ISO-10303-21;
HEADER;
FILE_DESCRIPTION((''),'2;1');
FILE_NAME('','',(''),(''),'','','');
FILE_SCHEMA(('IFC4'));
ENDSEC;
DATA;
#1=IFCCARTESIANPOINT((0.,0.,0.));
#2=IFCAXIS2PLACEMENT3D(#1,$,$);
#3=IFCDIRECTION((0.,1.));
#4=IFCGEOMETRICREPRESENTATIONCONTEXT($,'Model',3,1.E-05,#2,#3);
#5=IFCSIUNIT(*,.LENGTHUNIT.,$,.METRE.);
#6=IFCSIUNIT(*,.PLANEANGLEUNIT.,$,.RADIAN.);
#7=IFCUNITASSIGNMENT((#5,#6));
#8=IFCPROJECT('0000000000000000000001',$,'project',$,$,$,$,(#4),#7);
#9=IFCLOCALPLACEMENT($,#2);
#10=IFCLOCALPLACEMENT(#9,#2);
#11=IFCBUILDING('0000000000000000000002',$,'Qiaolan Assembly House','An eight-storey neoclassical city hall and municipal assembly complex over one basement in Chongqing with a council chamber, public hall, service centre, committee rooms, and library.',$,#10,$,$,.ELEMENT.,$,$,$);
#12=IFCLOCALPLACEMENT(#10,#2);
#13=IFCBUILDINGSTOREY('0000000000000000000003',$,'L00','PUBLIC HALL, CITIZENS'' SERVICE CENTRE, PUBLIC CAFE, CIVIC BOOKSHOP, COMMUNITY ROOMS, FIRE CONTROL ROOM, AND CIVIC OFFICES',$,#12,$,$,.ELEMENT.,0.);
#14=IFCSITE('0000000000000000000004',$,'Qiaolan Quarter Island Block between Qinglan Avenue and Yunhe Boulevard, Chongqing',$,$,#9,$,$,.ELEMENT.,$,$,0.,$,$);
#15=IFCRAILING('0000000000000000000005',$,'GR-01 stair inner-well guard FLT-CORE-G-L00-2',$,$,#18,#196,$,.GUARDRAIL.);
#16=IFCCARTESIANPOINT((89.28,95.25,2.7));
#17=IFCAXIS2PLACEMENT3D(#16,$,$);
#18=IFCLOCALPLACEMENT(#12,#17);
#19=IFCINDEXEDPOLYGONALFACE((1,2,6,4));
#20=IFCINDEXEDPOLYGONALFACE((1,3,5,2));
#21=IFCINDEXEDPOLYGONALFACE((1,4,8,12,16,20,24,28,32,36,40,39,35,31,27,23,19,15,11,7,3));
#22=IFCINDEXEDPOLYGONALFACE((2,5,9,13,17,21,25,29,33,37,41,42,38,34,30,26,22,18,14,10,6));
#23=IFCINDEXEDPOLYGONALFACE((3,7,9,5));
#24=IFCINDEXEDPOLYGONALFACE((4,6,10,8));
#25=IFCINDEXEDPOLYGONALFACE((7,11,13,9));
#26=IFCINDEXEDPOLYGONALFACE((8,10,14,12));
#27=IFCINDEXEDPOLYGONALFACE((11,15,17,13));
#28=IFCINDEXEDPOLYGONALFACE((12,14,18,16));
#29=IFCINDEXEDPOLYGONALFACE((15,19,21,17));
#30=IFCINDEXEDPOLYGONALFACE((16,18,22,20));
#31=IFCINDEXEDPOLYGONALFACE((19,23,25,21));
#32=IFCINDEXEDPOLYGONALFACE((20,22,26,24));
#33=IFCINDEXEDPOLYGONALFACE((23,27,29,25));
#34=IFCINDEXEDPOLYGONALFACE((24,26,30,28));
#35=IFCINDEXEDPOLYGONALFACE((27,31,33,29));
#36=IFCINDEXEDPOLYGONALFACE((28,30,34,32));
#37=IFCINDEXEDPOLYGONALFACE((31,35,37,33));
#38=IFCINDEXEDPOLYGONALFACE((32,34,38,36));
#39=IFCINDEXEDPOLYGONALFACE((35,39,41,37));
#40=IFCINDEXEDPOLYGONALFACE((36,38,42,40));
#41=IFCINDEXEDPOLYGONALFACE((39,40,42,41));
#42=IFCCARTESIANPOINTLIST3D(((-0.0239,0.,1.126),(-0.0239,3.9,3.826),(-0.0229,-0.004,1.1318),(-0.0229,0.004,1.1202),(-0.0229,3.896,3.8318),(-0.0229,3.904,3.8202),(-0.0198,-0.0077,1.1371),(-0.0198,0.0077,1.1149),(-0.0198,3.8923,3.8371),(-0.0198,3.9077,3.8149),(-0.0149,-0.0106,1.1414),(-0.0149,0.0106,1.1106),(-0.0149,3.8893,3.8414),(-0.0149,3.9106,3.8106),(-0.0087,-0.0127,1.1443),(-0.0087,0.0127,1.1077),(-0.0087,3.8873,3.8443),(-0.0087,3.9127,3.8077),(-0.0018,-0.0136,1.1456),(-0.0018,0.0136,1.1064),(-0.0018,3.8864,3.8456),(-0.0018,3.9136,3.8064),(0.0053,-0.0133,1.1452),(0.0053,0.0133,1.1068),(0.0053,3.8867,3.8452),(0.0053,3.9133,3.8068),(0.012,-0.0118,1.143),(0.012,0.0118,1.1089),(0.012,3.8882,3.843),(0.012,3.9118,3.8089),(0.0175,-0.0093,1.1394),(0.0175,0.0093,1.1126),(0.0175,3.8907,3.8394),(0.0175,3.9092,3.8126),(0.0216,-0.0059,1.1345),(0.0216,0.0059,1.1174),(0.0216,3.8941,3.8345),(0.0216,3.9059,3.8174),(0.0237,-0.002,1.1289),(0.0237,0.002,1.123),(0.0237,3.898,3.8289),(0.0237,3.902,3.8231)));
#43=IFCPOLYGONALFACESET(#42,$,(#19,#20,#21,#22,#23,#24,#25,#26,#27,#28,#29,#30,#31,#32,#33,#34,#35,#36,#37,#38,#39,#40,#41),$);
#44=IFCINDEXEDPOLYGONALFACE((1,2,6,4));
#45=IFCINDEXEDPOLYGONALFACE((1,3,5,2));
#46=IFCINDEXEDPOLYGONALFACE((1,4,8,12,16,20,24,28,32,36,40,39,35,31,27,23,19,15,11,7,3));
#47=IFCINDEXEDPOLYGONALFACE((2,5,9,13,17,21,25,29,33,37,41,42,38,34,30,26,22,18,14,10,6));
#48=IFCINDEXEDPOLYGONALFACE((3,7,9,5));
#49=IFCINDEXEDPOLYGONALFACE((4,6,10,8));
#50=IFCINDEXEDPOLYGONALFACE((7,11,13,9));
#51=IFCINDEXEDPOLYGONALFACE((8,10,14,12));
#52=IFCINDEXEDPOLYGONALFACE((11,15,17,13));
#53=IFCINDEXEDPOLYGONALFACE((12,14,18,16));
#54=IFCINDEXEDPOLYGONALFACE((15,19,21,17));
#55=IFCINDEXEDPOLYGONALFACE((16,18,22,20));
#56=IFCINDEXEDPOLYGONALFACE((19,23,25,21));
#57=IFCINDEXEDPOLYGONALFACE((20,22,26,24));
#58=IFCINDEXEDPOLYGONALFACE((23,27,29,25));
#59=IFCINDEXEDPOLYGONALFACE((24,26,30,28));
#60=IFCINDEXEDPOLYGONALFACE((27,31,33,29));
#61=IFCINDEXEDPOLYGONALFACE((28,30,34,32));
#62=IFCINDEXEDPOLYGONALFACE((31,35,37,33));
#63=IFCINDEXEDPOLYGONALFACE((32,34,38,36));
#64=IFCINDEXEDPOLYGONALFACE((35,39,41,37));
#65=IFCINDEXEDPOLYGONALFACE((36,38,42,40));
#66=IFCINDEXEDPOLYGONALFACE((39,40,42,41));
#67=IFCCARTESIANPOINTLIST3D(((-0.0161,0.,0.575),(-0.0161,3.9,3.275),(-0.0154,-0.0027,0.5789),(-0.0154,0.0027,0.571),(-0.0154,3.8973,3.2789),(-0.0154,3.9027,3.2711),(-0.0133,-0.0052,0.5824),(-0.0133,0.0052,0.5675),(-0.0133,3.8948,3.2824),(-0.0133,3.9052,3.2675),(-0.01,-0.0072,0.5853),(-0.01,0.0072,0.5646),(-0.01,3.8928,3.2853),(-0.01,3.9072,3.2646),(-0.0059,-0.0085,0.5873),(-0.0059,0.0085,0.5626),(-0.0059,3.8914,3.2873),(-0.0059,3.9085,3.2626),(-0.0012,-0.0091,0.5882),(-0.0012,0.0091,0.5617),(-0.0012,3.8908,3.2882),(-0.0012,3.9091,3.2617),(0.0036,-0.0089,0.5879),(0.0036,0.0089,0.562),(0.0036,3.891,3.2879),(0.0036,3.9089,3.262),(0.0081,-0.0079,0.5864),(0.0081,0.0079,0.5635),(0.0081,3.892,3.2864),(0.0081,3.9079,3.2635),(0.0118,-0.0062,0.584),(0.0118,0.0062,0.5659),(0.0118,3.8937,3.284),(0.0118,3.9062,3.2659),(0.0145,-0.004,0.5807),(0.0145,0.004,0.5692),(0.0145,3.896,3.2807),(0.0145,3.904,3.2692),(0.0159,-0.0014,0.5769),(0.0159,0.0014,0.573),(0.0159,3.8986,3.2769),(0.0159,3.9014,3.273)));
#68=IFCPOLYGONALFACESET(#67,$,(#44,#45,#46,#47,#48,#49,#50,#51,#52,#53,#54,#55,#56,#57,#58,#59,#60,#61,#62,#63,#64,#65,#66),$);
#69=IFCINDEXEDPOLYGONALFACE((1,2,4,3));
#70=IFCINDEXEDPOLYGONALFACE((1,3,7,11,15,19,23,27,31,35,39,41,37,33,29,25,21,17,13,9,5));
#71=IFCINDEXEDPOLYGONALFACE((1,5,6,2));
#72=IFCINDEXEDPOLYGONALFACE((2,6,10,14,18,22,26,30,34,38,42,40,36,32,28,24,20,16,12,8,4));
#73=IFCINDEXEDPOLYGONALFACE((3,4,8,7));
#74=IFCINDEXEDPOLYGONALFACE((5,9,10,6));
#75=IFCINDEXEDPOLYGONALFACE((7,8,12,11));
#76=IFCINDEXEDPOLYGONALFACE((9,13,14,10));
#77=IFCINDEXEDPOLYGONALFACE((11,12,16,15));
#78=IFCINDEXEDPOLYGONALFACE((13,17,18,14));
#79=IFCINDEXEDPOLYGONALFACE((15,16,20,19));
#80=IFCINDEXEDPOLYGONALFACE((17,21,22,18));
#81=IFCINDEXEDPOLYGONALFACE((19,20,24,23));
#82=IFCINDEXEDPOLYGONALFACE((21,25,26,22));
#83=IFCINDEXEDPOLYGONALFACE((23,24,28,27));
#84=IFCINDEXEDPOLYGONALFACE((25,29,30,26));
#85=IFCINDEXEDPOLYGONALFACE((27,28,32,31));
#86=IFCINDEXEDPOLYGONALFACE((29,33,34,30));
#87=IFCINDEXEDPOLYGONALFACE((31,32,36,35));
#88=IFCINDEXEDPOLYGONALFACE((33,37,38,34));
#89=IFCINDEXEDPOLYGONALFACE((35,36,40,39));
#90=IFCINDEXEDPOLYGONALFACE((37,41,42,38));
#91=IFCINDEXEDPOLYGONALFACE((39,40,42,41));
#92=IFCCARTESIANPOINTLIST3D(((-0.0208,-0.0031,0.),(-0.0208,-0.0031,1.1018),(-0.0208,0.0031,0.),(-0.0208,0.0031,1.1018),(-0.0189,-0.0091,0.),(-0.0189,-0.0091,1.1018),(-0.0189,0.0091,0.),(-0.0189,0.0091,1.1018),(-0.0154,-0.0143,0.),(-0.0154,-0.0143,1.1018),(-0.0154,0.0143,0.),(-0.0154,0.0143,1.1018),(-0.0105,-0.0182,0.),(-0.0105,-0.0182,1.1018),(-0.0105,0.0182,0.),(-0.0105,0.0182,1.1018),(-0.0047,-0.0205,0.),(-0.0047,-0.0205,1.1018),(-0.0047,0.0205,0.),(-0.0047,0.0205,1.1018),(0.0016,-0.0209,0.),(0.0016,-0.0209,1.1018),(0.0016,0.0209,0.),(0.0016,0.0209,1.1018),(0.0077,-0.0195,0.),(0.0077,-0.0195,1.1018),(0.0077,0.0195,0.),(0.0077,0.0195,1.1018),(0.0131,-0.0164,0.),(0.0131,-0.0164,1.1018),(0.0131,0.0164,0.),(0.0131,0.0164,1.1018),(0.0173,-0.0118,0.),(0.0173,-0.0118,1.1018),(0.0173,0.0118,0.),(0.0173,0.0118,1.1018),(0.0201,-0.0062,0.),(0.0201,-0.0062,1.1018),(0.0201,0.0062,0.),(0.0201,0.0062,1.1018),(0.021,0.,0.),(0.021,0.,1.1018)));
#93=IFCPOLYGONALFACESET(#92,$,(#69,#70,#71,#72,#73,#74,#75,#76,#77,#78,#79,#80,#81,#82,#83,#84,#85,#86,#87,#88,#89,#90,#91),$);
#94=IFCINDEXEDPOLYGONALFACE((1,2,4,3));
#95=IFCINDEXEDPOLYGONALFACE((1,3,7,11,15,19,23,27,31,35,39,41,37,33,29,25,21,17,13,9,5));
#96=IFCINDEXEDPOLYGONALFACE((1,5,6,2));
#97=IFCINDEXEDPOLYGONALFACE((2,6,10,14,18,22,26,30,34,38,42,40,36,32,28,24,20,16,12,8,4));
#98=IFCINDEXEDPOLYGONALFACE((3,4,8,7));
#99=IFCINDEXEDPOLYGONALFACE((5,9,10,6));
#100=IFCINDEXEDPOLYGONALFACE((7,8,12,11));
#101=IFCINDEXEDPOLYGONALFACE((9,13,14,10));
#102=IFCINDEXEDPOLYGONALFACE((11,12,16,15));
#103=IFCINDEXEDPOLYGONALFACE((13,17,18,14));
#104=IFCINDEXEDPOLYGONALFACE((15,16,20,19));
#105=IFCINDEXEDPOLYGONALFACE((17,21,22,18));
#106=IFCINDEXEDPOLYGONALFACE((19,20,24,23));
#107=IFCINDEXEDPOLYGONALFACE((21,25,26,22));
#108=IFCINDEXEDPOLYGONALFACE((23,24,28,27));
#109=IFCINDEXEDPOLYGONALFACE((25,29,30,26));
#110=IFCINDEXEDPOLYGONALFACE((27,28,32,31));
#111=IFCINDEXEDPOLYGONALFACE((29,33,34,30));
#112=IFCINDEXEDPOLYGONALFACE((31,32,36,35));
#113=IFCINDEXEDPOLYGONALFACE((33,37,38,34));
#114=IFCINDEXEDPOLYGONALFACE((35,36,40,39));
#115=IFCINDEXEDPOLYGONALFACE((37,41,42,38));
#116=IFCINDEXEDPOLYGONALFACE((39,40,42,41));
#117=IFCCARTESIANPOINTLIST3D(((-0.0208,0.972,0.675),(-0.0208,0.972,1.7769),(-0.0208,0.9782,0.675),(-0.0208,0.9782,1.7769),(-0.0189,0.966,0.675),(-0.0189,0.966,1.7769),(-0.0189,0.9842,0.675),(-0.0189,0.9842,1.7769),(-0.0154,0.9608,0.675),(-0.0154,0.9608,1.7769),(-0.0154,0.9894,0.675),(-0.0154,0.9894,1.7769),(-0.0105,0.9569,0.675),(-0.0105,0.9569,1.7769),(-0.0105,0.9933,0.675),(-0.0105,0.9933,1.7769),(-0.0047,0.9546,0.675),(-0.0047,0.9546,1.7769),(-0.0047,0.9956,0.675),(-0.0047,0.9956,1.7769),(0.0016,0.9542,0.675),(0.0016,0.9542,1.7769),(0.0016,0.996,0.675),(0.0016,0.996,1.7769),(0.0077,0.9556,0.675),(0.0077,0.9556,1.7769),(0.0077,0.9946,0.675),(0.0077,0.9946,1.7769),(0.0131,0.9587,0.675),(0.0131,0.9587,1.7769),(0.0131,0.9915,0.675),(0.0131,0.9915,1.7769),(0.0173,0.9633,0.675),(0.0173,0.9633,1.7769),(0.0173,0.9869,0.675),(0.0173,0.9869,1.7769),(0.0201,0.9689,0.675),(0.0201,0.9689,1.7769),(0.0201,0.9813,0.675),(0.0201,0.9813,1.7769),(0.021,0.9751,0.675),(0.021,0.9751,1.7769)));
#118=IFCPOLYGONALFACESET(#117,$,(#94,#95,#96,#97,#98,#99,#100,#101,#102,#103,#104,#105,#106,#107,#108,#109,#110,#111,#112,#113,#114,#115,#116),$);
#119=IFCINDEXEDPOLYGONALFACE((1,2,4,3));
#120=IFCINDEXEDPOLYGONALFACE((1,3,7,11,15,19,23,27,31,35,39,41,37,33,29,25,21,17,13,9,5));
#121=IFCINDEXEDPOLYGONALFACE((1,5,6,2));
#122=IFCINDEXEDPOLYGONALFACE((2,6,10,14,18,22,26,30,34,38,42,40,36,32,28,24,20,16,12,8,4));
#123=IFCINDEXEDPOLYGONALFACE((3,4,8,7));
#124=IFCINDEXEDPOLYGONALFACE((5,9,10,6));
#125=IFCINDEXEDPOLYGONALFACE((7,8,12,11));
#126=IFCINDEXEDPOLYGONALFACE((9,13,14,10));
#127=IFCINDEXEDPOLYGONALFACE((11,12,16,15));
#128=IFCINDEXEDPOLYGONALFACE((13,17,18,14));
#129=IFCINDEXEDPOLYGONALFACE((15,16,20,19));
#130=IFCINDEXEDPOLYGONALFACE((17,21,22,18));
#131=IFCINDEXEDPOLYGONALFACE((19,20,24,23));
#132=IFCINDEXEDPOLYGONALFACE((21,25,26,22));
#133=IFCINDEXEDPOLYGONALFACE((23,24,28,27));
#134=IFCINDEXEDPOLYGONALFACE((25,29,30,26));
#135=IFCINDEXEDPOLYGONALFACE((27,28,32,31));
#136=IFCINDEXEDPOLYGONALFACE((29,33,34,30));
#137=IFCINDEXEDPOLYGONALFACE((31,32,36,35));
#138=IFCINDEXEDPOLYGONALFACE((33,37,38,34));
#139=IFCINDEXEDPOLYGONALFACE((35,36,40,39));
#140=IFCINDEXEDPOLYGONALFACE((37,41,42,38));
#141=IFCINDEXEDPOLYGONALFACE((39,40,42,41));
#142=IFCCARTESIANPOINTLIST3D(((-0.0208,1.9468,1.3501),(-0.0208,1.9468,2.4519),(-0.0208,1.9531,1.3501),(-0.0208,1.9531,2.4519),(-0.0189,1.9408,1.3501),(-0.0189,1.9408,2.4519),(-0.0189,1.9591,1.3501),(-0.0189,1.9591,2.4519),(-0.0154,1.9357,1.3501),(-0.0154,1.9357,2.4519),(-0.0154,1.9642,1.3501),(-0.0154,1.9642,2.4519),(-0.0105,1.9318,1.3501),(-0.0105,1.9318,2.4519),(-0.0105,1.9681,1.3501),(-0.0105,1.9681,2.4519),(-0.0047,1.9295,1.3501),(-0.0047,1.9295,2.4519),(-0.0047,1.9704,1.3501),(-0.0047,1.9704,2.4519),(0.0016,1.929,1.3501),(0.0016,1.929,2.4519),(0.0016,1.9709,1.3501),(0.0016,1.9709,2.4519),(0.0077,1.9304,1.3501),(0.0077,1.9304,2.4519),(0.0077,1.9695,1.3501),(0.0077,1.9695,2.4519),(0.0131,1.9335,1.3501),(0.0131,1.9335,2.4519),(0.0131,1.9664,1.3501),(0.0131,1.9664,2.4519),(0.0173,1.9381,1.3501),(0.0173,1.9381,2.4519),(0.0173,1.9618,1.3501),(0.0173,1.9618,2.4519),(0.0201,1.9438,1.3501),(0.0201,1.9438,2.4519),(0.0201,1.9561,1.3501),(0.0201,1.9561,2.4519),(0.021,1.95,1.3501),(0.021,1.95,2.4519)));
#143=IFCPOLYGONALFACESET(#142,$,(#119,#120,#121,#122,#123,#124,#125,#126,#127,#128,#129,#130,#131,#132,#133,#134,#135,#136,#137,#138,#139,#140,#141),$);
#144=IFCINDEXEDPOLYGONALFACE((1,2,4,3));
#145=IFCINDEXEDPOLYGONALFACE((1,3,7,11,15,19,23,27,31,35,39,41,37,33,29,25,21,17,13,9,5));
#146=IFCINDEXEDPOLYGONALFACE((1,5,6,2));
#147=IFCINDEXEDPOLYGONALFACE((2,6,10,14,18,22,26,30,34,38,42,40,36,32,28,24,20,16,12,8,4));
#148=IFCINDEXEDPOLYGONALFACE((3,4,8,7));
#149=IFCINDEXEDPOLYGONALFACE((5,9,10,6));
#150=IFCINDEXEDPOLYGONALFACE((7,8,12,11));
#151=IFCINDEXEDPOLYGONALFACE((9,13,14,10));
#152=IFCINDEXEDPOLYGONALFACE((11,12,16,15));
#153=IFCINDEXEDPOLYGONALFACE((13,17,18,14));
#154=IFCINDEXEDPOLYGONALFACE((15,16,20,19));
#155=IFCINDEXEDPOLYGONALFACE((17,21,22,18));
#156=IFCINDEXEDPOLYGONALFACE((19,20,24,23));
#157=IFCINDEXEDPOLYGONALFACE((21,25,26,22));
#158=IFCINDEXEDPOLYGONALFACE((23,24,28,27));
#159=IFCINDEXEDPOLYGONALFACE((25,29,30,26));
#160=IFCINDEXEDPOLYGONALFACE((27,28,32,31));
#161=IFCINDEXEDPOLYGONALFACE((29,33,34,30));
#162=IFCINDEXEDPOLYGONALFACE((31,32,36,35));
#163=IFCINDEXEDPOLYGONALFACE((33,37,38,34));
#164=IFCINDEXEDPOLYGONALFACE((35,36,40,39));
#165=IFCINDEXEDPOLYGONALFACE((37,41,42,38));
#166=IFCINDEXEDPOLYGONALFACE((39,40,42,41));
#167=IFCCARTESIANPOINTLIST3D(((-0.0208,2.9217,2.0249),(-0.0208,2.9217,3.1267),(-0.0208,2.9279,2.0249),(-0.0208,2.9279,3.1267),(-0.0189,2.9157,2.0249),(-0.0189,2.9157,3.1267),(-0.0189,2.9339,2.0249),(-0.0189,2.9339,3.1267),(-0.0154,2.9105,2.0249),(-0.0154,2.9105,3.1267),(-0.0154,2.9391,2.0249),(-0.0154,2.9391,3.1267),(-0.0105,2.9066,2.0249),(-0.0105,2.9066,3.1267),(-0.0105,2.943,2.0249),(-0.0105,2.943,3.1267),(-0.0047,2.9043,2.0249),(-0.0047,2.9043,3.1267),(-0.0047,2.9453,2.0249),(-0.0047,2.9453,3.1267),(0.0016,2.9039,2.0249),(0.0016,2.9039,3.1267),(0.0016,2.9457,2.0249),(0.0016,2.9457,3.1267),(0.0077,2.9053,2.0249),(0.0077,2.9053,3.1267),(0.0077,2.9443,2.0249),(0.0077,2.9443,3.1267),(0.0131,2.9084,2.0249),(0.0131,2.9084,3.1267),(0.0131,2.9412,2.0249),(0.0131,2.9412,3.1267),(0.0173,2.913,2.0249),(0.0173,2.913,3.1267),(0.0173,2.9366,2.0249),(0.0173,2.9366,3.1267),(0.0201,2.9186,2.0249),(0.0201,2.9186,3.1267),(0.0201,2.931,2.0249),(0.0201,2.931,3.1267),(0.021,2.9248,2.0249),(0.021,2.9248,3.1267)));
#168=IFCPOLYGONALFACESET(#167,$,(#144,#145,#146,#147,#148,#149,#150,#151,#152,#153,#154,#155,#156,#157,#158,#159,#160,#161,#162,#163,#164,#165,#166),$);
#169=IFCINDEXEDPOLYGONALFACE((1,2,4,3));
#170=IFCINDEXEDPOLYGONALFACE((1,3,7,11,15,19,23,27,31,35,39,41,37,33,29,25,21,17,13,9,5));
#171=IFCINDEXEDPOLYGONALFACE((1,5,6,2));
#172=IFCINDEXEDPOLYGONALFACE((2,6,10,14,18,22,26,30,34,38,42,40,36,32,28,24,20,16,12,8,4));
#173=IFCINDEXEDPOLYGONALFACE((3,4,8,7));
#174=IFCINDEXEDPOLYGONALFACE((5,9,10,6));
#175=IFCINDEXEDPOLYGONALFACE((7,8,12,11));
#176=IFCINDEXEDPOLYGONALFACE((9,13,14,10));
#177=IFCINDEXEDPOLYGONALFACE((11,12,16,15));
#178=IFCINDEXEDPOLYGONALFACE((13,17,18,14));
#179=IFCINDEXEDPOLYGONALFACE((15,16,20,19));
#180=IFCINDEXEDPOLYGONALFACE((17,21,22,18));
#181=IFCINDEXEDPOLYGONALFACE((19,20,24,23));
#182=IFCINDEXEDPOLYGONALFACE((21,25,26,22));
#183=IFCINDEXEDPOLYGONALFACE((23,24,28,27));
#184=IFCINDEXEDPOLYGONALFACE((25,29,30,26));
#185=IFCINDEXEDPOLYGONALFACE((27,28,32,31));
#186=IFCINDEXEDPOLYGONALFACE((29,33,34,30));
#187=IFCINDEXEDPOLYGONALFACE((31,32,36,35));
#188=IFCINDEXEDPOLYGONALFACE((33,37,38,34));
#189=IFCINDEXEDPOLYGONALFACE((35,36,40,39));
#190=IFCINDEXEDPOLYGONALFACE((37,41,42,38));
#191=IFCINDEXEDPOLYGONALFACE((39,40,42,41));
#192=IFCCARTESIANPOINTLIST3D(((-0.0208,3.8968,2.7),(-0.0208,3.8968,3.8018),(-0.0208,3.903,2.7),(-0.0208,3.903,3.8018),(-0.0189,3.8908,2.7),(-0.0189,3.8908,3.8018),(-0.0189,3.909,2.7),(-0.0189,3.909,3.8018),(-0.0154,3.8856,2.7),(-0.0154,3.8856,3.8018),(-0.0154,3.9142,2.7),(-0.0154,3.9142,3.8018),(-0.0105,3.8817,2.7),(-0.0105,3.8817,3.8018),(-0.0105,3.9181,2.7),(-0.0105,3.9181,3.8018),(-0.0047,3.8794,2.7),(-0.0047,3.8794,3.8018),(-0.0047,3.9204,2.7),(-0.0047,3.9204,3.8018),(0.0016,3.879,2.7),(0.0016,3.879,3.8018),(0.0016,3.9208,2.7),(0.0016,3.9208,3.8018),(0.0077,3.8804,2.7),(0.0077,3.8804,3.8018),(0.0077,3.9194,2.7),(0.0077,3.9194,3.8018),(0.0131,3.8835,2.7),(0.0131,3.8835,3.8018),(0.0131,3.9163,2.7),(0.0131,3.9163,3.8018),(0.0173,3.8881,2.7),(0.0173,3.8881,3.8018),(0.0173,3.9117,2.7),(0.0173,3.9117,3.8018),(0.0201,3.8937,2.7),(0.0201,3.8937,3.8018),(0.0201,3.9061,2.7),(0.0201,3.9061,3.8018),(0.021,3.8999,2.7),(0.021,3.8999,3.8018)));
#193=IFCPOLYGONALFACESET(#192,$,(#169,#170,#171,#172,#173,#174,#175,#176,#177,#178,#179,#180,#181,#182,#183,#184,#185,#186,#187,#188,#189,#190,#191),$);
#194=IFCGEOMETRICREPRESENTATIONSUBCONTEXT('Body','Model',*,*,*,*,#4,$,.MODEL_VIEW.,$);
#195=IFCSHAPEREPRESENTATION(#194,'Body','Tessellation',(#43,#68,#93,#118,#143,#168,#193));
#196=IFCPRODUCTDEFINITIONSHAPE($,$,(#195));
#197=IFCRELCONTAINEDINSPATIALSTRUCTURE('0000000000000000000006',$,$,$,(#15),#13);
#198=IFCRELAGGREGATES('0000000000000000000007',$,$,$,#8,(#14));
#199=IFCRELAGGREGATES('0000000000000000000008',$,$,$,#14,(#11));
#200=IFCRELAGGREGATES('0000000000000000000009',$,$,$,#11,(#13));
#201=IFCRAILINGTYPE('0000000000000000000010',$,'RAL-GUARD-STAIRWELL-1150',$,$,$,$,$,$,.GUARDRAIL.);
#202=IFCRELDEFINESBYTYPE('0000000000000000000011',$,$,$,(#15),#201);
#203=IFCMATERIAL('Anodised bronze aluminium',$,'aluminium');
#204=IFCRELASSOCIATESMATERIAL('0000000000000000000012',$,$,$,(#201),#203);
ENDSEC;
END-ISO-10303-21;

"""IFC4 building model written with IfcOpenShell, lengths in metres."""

from ifc_helpers import new_model, si_unit, direction, frame, origin, origin_2d, place, context, subcontext, project, spatial, circle, extrude, material, type_object, element, save


model = new_model("IFC4")

# Units and contexts
model_context = context("Model", 3, precision=1e-05, world=origin(), true_north=direction((0.0, 1.0)))
body_context = subcontext(model_context, "Body", "Model", "MODEL_VIEW")
ifc_project = project(units=[si_unit("LENGTHUNIT", "METRE"), si_unit("PLANEANGLEUNIT", "RADIAN")], contexts=[model_context])

# Site, building, storey
site_placement = place(None, origin())
site = spatial("IfcSite", under=ifc_project, at=site_placement, Name="Qiaolan Quarter Island Block between Qinglan Avenue and Yunhe Boulevard, Chongqing", CompositionType="ELEMENT", RefElevation=0.0)
building_placement = place(site_placement, origin())
building = spatial("IfcBuilding", under=site, at=building_placement, Name="Qiaolan Assembly House", Description="An eight-storey neoclassical city hall and municipal assembly complex over one basement in Chongqing with a council chamber, public hall, service centre, committee rooms, and library.", CompositionType="ELEMENT")
storey_placement = place(building_placement, origin())
storey = spatial("IfcBuildingStorey", under=building, at=storey_placement, Name="L00", Description="PUBLIC HALL, CITIZENS' SERVICE CENTRE, PUBLIC CAFE, CIVIC BOOKSHOP, COMMUNITY ROOMS, FIRE CONTROL ROOM, AND CIVIC OFFICES", CompositionType="ELEMENT", Elevation=0.0)

# Shared definitions
ifc_material_1 = material(Name="Anodised bronze aluminium", Category="aluminium")

# Railing
railing_type_1 = type_object("IfcRailingType", Name="RAL-GUARD-STAIRWELL-1150", PredefinedType="GUARDRAIL", material=ifc_material_1)
railing_1_placement = place(storey_placement, frame((89.28, 95.25, 2.7)))
element("IfcRailing", 1, at=railing_1_placement, inside=storey, type_object=railing_type_1, Name="GR-01 stair inner-well guard FLT-CORE-G-L00-2", PredefinedType="GUARDRAIL", context=body_context, shape_type="SweptSolid", body=[
    extrude(circle(Radius=0.0239, at=origin_2d()), frame((0.0, 0.0, 1.126), z_axis=(0.0, 0.82219, 0.569213), x_axis=(-1.0, 0.0, 0.0)), (0.0, 0.0, 1.0), 4.7434),
    extrude(circle(Radius=0.0161, at=origin_2d()), frame((0.0, 0.0, 0.575), z_axis=(0.0, 0.82219, 0.569213), x_axis=(-1.0, 0.0, 0.0)), (0.0, 0.0, 1.0), 4.7434),
    extrude(circle(Radius=0.021, at=origin_2d()), origin(), (0.0, 0.0, 1.0), 1.1018),
    extrude(circle(Radius=0.021, at=origin_2d()), frame((0.0, 0.9751, 0.675)), (0.0, 0.0, 1.0), 1.1018),
    extrude(circle(Radius=0.021, at=origin_2d()), frame((0.0, 1.95, 1.3501)), (0.0, 0.0, 1.0), 1.1018),
    extrude(circle(Radius=0.021, at=origin_2d()), frame((0.0, 2.9248, 2.0249)), (0.0, 0.0, 1.0), 1.1018),
    extrude(circle(Radius=0.021, at=origin_2d()), frame((0.0, 3.8999, 2.7)), (0.0, 0.0, 1.0), 1.1018),
])

save(model, "model.ifc")
